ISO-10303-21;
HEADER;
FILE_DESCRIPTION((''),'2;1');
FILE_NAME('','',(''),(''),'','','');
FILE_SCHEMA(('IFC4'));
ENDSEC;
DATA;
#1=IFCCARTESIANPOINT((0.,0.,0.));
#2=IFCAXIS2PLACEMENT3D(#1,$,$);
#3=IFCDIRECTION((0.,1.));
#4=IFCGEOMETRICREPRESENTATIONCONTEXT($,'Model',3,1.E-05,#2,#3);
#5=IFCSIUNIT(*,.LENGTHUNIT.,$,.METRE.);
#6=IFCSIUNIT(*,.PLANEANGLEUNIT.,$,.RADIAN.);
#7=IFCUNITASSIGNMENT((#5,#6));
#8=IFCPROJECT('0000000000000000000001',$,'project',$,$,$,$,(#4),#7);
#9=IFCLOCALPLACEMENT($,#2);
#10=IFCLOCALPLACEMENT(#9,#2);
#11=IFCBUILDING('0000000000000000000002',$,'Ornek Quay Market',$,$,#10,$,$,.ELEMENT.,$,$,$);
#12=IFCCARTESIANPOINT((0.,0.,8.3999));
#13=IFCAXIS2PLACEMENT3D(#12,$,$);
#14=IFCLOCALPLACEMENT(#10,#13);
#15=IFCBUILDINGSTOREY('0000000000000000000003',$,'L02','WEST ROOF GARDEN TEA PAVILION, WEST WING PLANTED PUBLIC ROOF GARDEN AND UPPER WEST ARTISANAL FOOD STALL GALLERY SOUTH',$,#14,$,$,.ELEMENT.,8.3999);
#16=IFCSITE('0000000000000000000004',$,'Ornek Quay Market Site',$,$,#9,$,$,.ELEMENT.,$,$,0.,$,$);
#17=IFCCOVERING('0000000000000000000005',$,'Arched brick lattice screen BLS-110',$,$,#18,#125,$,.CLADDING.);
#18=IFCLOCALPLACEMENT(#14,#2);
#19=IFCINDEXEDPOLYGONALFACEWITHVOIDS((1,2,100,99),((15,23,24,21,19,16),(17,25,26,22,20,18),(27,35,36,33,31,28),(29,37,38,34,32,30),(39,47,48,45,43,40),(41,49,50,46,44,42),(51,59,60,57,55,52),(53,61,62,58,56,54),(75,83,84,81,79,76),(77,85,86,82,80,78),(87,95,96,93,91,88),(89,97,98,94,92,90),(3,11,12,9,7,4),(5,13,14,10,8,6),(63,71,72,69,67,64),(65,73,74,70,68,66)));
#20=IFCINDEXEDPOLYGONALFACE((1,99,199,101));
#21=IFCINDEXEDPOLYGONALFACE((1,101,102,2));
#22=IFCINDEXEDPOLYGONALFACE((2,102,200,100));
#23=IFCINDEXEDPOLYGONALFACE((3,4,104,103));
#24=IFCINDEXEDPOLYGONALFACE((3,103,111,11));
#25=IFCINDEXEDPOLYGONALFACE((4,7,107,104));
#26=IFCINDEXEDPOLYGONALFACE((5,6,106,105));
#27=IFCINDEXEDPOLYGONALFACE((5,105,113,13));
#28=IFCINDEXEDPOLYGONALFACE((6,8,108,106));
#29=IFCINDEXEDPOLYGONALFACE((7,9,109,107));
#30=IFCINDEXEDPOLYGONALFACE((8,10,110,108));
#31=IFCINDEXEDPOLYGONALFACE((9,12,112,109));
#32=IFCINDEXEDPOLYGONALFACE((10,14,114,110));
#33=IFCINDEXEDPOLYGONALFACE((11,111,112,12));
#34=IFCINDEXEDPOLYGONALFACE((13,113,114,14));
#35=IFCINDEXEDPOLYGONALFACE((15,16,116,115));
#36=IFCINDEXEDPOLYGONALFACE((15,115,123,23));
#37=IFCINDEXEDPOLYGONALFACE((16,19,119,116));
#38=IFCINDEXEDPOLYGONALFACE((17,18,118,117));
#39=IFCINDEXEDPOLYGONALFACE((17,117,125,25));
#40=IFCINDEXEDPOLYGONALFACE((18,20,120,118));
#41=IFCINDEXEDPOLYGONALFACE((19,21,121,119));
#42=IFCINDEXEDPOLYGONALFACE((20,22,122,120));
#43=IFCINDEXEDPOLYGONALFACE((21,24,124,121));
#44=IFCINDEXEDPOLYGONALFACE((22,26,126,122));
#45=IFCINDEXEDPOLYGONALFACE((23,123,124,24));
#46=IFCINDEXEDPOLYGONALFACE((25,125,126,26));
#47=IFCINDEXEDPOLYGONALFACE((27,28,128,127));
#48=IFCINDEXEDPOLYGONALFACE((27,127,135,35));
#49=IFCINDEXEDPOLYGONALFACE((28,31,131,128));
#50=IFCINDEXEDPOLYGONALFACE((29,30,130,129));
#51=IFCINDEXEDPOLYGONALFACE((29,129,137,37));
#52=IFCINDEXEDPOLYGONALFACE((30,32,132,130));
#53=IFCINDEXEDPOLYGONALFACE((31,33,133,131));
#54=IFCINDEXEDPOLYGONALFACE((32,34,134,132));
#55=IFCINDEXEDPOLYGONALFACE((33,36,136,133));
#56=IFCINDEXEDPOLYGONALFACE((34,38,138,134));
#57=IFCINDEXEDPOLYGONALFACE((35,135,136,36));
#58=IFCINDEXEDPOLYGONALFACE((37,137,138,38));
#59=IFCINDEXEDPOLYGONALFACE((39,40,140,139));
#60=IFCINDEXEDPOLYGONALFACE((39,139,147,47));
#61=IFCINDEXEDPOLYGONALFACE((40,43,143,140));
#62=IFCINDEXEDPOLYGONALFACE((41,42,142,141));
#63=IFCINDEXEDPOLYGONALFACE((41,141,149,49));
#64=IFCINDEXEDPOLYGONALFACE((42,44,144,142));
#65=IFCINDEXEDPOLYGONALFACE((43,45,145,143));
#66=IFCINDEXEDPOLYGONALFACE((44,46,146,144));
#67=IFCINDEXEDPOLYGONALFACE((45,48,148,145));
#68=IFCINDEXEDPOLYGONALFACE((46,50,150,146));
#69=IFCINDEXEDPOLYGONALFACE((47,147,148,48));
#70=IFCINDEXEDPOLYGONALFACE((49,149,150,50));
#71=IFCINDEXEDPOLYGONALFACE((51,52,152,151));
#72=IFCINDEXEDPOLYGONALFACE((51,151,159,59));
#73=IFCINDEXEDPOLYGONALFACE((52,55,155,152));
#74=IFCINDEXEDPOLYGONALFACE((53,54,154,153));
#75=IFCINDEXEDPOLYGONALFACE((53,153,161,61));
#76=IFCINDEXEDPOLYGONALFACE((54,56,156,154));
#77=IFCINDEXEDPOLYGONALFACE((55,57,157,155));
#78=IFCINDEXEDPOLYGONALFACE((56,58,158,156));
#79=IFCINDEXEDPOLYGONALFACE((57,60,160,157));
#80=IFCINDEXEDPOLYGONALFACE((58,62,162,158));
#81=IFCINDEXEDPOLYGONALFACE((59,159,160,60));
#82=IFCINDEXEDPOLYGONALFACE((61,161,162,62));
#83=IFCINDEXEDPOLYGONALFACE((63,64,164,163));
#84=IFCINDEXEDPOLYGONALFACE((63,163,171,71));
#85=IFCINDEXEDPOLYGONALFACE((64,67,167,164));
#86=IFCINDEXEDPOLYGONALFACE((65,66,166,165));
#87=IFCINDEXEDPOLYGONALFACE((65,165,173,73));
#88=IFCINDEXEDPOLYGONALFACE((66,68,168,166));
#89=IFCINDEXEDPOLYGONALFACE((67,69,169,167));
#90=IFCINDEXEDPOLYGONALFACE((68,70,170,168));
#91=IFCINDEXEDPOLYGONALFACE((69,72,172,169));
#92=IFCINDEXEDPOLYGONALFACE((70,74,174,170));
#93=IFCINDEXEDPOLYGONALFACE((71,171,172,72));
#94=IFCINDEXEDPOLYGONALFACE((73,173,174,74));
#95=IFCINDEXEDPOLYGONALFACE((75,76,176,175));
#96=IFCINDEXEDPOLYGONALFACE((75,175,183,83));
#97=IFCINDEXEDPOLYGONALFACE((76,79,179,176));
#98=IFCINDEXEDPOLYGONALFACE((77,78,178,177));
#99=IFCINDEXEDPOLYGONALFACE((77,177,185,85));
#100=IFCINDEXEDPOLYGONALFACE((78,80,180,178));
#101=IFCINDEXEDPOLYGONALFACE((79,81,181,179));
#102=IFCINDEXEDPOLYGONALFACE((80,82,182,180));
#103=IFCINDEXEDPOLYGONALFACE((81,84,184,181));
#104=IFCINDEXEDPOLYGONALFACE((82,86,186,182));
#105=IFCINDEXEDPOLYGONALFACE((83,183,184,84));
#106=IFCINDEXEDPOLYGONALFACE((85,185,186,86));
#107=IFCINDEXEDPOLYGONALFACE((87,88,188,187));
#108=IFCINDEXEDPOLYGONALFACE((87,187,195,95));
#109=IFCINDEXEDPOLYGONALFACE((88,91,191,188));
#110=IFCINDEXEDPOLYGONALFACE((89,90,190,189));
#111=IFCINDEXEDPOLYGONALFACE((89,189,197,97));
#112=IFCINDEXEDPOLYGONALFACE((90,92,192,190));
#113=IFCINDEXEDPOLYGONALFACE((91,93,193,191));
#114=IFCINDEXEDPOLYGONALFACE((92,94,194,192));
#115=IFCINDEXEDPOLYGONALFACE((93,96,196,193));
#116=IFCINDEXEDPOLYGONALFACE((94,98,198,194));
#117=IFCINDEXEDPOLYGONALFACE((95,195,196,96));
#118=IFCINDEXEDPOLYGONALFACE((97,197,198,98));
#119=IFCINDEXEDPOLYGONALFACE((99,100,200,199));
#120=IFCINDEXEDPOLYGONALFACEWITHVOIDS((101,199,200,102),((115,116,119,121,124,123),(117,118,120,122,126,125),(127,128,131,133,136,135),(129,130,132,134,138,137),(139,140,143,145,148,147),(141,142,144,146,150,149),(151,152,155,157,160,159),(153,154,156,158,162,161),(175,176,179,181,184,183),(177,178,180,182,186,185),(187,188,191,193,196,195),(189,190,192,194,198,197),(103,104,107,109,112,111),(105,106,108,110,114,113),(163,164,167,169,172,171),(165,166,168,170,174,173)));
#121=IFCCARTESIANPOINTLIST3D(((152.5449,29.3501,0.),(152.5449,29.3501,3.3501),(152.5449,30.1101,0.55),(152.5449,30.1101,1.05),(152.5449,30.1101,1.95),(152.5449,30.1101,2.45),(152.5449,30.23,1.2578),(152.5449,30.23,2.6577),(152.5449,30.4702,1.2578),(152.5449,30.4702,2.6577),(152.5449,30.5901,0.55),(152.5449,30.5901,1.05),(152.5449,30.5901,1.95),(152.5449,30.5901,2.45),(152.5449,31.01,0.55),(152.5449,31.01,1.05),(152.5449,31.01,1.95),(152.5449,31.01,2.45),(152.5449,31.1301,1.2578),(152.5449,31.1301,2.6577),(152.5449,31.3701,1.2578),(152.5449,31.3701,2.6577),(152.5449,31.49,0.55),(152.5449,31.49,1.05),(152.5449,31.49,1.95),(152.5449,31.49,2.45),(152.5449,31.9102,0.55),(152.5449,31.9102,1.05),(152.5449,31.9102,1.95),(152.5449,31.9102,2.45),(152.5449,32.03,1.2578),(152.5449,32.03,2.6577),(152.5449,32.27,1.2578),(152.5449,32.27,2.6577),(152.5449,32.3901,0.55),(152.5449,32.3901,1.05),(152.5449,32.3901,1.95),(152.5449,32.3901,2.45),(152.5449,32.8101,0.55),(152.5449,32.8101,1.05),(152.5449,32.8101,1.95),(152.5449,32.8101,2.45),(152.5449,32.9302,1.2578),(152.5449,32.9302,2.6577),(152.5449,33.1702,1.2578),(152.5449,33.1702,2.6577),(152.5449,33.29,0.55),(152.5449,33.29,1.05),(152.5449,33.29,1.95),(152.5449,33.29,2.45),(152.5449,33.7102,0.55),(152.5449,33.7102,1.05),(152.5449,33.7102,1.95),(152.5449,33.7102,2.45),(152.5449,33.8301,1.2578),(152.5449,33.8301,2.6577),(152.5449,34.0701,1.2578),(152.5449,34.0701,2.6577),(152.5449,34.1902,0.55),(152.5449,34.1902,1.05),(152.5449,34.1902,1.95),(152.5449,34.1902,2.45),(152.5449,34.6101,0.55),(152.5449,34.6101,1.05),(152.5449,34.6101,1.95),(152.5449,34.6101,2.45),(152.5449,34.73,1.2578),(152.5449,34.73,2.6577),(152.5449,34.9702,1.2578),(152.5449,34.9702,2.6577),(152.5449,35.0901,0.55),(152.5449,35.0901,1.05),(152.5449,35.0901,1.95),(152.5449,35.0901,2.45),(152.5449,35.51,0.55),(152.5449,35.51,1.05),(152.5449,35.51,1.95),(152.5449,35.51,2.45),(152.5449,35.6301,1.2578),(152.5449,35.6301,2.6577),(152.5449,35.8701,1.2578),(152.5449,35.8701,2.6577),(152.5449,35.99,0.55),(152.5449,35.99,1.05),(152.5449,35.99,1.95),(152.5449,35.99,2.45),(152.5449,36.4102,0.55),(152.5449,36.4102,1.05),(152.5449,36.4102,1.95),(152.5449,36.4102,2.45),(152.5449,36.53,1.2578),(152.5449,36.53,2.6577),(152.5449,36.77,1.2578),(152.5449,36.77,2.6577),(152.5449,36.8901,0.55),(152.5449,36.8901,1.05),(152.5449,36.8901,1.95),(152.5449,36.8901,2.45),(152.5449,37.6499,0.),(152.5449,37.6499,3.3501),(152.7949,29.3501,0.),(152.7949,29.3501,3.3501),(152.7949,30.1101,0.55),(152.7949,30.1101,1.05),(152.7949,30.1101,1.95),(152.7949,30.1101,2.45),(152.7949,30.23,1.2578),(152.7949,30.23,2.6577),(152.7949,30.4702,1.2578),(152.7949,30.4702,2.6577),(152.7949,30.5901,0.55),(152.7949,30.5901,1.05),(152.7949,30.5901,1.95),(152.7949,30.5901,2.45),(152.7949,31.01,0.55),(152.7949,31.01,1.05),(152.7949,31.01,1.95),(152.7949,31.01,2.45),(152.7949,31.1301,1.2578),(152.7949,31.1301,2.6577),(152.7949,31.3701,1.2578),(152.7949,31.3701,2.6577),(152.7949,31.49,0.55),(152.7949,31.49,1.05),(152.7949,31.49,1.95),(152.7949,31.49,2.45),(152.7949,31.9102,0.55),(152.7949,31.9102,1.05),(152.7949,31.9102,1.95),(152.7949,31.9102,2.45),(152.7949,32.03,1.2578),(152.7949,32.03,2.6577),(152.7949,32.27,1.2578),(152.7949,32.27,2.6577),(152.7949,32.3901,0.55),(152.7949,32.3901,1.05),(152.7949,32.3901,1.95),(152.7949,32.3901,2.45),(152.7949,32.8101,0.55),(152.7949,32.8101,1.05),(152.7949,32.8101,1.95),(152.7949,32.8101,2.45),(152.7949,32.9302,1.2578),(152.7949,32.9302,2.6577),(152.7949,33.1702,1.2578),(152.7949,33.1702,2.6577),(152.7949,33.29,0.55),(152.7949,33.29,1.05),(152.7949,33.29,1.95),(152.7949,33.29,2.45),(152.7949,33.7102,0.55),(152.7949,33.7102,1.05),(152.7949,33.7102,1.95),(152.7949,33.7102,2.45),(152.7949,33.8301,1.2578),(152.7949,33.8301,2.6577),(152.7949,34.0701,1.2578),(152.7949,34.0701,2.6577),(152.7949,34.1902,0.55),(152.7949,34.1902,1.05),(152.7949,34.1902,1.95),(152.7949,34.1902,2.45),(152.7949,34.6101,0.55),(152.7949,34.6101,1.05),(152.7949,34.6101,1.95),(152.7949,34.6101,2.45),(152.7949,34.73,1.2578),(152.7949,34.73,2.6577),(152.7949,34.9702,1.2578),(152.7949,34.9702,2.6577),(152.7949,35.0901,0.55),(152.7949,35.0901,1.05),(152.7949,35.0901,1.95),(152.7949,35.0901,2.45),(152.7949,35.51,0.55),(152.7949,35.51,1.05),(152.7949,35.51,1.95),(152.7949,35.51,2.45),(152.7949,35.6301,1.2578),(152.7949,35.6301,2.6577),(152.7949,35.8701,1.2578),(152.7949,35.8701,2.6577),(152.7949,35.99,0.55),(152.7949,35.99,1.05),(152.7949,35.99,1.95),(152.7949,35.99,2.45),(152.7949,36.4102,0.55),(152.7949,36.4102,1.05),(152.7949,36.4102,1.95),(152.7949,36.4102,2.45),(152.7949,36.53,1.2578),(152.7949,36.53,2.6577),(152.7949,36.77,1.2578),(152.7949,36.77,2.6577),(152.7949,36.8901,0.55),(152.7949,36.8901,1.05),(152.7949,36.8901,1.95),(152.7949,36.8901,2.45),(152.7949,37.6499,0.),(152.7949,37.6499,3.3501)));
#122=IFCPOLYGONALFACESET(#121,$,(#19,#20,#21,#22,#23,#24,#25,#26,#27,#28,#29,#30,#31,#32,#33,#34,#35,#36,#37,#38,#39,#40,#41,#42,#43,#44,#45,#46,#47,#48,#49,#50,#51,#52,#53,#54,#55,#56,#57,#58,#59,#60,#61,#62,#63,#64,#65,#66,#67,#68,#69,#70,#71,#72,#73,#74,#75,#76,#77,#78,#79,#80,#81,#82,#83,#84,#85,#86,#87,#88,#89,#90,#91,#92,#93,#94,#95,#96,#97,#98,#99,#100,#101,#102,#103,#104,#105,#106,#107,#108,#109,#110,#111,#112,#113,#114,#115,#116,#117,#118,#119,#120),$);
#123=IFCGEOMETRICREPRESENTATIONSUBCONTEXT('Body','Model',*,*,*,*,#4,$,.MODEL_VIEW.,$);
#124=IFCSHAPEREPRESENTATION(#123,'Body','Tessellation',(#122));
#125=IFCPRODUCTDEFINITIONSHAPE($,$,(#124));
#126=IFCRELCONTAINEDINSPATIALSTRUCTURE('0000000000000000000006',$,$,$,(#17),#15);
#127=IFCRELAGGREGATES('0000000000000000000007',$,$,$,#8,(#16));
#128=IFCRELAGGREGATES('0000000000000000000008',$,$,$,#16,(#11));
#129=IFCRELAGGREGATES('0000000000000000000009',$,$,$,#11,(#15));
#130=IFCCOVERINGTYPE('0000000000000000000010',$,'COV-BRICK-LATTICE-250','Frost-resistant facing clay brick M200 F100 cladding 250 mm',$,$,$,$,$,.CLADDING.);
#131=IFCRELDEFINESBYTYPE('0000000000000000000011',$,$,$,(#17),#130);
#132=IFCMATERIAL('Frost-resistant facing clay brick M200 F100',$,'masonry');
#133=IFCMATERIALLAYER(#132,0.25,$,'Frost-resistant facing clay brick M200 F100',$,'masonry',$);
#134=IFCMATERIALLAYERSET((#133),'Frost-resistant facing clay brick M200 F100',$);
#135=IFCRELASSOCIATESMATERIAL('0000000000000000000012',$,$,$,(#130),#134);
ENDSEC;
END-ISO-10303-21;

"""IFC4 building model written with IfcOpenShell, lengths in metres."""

from ifc_helpers import new_model, si_unit, direction, frame, origin, place, context, subcontext, project, spatial, polyline, outline, extrude, material, layer, layer_set, type_object, element, save


model = new_model("IFC4")

# Units and contexts
model_context = context("Model", 3, precision=1e-05, world=origin(), true_north=direction((0.0, 1.0)))
body_context = subcontext(model_context, "Body", "Model", "MODEL_VIEW")
ifc_project = project(units=[si_unit("LENGTHUNIT", "METRE"), si_unit("PLANEANGLEUNIT", "RADIAN")], contexts=[model_context])

# Site, building, storey
site_placement = place(None, origin())
site = spatial("IfcSite", under=ifc_project, at=site_placement, Name="Ornek Quay Market Site", CompositionType="ELEMENT", RefElevation=0.0)
building_placement = place(site_placement, origin())
building = spatial("IfcBuilding", under=site, at=building_placement, Name="Ornek Quay Market", CompositionType="ELEMENT")
storey_placement = place(building_placement, frame((0.0, 0.0, 8.3999)))
storey = spatial("IfcBuildingStorey", under=building, at=storey_placement, Name="L02", Description="WEST ROOF GARDEN TEA PAVILION, WEST WING PLANTED PUBLIC ROOF GARDEN AND UPPER WEST ARTISANAL FOOD STALL GALLERY SOUTH", CompositionType="ELEMENT", Elevation=8.3999)

# Shared definitions
ifc_material_1 = material(Name="Frost-resistant facing clay brick M200 F100", Category="masonry")

# Covering
ifc_layer_1 = layer(ifc_material_1, 0.25, Name="Frost-resistant facing clay brick M200 F100", Category="masonry")
ifc_layer_set_1 = layer_set([ifc_layer_1], Name="Frost-resistant facing clay brick M200 F100")
covering_type_1 = type_object("IfcCoveringType", Name="COV-BRICK-LATTICE-250", Description="Frost-resistant facing clay brick M200 F100 cladding 250 mm", PredefinedType="CLADDING", material=ifc_layer_set_1)
covering_1_placement = place(storey_placement, frame((152.6699, 29.3501, 0.0), z_axis=(0.0, 0.0, 1.0), x_axis=(0.0, 1.0, 0.0)))
element("IfcCovering", 1, at=covering_1_placement, inside=storey, type_object=covering_type_1, Name="Arched brick lattice screen BLS-110", PredefinedType="CLADDING", context=body_context, shape_type="SweptSolid", body=[
    extrude(outline(polyline([(0.0, 0.0), (8.2998, 0.0), (8.2998, 3.3501), (0.0, 3.3501), (0.0, 0.0)]), holes=[polyline([(0.76, 0.55), (1.24, 0.55), (1.24, 1.05), (1.1201, 1.2578), (0.8799, 1.2578), (0.76, 1.05), (0.76, 0.55)]), polyline([(0.76, 1.95), (1.24, 1.95), (1.24, 2.45), (1.1201, 2.6577), (0.8799, 2.6577), (0.76, 2.45), (0.76, 1.95)]), polyline([(1.6599, 0.55), (2.1399, 0.55), (2.1399, 1.05), (2.02, 1.2578), (1.78, 1.2578), (1.6599, 1.05), (1.6599, 0.55)]), polyline([(1.6599, 1.95), (2.1399, 1.95), (2.1399, 2.45), (2.02, 2.6577), (1.78, 2.6577), (1.6599, 2.45), (1.6599, 1.95)]), polyline([(2.5601, 0.55), (3.04, 0.55), (3.04, 1.05), (2.9199, 1.2578), (2.6799, 1.2578), (2.5601, 1.05), (2.5601, 0.55)]), polyline([(2.5601, 1.95), (3.04, 1.95), (3.04, 2.45), (2.9199, 2.6577), (2.6799, 2.6577), (2.5601, 2.45), (2.5601, 1.95)]), polyline([(3.46, 0.55), (3.9399, 0.55), (3.9399, 1.05), (3.8201, 1.2578), (3.5801, 1.2578), (3.46, 1.05), (3.46, 0.55)]), polyline([(3.46, 1.95), (3.9399, 1.95), (3.9399, 2.45), (3.8201, 2.6577), (3.5801, 2.6577), (3.46, 2.45), (3.46, 1.95)]), polyline([(4.3601, 0.55), (4.8401, 0.55), (4.8401, 1.05), (4.72, 1.2578), (4.48, 1.2578), (4.3601, 1.05), (4.3601, 0.55)]), polyline([(4.3601, 1.95), (4.8401, 1.95), (4.8401, 2.45), (4.72, 2.6577), (4.48, 2.6577), (4.3601, 2.45), (4.3601, 1.95)]), polyline([(5.26, 0.55), (5.74, 0.55), (5.74, 1.05), (5.6201, 1.2578), (5.3799, 1.2578), (5.26, 1.05), (5.26, 0.55)]), polyline([(5.26, 1.95), (5.74, 1.95), (5.74, 2.45), (5.6201, 2.6577), (5.3799, 2.6577), (5.26, 2.45), (5.26, 1.95)]), polyline([(6.1599, 0.55), (6.6399, 0.55), (6.6399, 1.05), (6.52, 1.2578), (6.28, 1.2578), (6.1599, 1.05), (6.1599, 0.55)]), polyline([(6.1599, 1.95), (6.6399, 1.95), (6.6399, 2.45), (6.52, 2.6577), (6.28, 2.6577), (6.1599, 2.45), (6.1599, 1.95)]), polyline([(7.0601, 0.55), (7.54, 0.55), (7.54, 1.05), (7.4199, 1.2578), (7.1799, 1.2578), (7.0601, 1.05), (7.0601, 0.55)]), polyline([(7.0601, 1.95), (7.54, 1.95), (7.54, 2.45), (7.4199, 2.6577), (7.1799, 2.6577), (7.0601, 2.45), (7.0601, 1.95)])]), frame((0.0, 0.125, 0.0), z_axis=(0.0, -1.0, 0.0), x_axis=(1.0, 0.0, 0.0)), (0.0, 0.0, 1.0), 0.25),
])

save(model, "model.ifc")
